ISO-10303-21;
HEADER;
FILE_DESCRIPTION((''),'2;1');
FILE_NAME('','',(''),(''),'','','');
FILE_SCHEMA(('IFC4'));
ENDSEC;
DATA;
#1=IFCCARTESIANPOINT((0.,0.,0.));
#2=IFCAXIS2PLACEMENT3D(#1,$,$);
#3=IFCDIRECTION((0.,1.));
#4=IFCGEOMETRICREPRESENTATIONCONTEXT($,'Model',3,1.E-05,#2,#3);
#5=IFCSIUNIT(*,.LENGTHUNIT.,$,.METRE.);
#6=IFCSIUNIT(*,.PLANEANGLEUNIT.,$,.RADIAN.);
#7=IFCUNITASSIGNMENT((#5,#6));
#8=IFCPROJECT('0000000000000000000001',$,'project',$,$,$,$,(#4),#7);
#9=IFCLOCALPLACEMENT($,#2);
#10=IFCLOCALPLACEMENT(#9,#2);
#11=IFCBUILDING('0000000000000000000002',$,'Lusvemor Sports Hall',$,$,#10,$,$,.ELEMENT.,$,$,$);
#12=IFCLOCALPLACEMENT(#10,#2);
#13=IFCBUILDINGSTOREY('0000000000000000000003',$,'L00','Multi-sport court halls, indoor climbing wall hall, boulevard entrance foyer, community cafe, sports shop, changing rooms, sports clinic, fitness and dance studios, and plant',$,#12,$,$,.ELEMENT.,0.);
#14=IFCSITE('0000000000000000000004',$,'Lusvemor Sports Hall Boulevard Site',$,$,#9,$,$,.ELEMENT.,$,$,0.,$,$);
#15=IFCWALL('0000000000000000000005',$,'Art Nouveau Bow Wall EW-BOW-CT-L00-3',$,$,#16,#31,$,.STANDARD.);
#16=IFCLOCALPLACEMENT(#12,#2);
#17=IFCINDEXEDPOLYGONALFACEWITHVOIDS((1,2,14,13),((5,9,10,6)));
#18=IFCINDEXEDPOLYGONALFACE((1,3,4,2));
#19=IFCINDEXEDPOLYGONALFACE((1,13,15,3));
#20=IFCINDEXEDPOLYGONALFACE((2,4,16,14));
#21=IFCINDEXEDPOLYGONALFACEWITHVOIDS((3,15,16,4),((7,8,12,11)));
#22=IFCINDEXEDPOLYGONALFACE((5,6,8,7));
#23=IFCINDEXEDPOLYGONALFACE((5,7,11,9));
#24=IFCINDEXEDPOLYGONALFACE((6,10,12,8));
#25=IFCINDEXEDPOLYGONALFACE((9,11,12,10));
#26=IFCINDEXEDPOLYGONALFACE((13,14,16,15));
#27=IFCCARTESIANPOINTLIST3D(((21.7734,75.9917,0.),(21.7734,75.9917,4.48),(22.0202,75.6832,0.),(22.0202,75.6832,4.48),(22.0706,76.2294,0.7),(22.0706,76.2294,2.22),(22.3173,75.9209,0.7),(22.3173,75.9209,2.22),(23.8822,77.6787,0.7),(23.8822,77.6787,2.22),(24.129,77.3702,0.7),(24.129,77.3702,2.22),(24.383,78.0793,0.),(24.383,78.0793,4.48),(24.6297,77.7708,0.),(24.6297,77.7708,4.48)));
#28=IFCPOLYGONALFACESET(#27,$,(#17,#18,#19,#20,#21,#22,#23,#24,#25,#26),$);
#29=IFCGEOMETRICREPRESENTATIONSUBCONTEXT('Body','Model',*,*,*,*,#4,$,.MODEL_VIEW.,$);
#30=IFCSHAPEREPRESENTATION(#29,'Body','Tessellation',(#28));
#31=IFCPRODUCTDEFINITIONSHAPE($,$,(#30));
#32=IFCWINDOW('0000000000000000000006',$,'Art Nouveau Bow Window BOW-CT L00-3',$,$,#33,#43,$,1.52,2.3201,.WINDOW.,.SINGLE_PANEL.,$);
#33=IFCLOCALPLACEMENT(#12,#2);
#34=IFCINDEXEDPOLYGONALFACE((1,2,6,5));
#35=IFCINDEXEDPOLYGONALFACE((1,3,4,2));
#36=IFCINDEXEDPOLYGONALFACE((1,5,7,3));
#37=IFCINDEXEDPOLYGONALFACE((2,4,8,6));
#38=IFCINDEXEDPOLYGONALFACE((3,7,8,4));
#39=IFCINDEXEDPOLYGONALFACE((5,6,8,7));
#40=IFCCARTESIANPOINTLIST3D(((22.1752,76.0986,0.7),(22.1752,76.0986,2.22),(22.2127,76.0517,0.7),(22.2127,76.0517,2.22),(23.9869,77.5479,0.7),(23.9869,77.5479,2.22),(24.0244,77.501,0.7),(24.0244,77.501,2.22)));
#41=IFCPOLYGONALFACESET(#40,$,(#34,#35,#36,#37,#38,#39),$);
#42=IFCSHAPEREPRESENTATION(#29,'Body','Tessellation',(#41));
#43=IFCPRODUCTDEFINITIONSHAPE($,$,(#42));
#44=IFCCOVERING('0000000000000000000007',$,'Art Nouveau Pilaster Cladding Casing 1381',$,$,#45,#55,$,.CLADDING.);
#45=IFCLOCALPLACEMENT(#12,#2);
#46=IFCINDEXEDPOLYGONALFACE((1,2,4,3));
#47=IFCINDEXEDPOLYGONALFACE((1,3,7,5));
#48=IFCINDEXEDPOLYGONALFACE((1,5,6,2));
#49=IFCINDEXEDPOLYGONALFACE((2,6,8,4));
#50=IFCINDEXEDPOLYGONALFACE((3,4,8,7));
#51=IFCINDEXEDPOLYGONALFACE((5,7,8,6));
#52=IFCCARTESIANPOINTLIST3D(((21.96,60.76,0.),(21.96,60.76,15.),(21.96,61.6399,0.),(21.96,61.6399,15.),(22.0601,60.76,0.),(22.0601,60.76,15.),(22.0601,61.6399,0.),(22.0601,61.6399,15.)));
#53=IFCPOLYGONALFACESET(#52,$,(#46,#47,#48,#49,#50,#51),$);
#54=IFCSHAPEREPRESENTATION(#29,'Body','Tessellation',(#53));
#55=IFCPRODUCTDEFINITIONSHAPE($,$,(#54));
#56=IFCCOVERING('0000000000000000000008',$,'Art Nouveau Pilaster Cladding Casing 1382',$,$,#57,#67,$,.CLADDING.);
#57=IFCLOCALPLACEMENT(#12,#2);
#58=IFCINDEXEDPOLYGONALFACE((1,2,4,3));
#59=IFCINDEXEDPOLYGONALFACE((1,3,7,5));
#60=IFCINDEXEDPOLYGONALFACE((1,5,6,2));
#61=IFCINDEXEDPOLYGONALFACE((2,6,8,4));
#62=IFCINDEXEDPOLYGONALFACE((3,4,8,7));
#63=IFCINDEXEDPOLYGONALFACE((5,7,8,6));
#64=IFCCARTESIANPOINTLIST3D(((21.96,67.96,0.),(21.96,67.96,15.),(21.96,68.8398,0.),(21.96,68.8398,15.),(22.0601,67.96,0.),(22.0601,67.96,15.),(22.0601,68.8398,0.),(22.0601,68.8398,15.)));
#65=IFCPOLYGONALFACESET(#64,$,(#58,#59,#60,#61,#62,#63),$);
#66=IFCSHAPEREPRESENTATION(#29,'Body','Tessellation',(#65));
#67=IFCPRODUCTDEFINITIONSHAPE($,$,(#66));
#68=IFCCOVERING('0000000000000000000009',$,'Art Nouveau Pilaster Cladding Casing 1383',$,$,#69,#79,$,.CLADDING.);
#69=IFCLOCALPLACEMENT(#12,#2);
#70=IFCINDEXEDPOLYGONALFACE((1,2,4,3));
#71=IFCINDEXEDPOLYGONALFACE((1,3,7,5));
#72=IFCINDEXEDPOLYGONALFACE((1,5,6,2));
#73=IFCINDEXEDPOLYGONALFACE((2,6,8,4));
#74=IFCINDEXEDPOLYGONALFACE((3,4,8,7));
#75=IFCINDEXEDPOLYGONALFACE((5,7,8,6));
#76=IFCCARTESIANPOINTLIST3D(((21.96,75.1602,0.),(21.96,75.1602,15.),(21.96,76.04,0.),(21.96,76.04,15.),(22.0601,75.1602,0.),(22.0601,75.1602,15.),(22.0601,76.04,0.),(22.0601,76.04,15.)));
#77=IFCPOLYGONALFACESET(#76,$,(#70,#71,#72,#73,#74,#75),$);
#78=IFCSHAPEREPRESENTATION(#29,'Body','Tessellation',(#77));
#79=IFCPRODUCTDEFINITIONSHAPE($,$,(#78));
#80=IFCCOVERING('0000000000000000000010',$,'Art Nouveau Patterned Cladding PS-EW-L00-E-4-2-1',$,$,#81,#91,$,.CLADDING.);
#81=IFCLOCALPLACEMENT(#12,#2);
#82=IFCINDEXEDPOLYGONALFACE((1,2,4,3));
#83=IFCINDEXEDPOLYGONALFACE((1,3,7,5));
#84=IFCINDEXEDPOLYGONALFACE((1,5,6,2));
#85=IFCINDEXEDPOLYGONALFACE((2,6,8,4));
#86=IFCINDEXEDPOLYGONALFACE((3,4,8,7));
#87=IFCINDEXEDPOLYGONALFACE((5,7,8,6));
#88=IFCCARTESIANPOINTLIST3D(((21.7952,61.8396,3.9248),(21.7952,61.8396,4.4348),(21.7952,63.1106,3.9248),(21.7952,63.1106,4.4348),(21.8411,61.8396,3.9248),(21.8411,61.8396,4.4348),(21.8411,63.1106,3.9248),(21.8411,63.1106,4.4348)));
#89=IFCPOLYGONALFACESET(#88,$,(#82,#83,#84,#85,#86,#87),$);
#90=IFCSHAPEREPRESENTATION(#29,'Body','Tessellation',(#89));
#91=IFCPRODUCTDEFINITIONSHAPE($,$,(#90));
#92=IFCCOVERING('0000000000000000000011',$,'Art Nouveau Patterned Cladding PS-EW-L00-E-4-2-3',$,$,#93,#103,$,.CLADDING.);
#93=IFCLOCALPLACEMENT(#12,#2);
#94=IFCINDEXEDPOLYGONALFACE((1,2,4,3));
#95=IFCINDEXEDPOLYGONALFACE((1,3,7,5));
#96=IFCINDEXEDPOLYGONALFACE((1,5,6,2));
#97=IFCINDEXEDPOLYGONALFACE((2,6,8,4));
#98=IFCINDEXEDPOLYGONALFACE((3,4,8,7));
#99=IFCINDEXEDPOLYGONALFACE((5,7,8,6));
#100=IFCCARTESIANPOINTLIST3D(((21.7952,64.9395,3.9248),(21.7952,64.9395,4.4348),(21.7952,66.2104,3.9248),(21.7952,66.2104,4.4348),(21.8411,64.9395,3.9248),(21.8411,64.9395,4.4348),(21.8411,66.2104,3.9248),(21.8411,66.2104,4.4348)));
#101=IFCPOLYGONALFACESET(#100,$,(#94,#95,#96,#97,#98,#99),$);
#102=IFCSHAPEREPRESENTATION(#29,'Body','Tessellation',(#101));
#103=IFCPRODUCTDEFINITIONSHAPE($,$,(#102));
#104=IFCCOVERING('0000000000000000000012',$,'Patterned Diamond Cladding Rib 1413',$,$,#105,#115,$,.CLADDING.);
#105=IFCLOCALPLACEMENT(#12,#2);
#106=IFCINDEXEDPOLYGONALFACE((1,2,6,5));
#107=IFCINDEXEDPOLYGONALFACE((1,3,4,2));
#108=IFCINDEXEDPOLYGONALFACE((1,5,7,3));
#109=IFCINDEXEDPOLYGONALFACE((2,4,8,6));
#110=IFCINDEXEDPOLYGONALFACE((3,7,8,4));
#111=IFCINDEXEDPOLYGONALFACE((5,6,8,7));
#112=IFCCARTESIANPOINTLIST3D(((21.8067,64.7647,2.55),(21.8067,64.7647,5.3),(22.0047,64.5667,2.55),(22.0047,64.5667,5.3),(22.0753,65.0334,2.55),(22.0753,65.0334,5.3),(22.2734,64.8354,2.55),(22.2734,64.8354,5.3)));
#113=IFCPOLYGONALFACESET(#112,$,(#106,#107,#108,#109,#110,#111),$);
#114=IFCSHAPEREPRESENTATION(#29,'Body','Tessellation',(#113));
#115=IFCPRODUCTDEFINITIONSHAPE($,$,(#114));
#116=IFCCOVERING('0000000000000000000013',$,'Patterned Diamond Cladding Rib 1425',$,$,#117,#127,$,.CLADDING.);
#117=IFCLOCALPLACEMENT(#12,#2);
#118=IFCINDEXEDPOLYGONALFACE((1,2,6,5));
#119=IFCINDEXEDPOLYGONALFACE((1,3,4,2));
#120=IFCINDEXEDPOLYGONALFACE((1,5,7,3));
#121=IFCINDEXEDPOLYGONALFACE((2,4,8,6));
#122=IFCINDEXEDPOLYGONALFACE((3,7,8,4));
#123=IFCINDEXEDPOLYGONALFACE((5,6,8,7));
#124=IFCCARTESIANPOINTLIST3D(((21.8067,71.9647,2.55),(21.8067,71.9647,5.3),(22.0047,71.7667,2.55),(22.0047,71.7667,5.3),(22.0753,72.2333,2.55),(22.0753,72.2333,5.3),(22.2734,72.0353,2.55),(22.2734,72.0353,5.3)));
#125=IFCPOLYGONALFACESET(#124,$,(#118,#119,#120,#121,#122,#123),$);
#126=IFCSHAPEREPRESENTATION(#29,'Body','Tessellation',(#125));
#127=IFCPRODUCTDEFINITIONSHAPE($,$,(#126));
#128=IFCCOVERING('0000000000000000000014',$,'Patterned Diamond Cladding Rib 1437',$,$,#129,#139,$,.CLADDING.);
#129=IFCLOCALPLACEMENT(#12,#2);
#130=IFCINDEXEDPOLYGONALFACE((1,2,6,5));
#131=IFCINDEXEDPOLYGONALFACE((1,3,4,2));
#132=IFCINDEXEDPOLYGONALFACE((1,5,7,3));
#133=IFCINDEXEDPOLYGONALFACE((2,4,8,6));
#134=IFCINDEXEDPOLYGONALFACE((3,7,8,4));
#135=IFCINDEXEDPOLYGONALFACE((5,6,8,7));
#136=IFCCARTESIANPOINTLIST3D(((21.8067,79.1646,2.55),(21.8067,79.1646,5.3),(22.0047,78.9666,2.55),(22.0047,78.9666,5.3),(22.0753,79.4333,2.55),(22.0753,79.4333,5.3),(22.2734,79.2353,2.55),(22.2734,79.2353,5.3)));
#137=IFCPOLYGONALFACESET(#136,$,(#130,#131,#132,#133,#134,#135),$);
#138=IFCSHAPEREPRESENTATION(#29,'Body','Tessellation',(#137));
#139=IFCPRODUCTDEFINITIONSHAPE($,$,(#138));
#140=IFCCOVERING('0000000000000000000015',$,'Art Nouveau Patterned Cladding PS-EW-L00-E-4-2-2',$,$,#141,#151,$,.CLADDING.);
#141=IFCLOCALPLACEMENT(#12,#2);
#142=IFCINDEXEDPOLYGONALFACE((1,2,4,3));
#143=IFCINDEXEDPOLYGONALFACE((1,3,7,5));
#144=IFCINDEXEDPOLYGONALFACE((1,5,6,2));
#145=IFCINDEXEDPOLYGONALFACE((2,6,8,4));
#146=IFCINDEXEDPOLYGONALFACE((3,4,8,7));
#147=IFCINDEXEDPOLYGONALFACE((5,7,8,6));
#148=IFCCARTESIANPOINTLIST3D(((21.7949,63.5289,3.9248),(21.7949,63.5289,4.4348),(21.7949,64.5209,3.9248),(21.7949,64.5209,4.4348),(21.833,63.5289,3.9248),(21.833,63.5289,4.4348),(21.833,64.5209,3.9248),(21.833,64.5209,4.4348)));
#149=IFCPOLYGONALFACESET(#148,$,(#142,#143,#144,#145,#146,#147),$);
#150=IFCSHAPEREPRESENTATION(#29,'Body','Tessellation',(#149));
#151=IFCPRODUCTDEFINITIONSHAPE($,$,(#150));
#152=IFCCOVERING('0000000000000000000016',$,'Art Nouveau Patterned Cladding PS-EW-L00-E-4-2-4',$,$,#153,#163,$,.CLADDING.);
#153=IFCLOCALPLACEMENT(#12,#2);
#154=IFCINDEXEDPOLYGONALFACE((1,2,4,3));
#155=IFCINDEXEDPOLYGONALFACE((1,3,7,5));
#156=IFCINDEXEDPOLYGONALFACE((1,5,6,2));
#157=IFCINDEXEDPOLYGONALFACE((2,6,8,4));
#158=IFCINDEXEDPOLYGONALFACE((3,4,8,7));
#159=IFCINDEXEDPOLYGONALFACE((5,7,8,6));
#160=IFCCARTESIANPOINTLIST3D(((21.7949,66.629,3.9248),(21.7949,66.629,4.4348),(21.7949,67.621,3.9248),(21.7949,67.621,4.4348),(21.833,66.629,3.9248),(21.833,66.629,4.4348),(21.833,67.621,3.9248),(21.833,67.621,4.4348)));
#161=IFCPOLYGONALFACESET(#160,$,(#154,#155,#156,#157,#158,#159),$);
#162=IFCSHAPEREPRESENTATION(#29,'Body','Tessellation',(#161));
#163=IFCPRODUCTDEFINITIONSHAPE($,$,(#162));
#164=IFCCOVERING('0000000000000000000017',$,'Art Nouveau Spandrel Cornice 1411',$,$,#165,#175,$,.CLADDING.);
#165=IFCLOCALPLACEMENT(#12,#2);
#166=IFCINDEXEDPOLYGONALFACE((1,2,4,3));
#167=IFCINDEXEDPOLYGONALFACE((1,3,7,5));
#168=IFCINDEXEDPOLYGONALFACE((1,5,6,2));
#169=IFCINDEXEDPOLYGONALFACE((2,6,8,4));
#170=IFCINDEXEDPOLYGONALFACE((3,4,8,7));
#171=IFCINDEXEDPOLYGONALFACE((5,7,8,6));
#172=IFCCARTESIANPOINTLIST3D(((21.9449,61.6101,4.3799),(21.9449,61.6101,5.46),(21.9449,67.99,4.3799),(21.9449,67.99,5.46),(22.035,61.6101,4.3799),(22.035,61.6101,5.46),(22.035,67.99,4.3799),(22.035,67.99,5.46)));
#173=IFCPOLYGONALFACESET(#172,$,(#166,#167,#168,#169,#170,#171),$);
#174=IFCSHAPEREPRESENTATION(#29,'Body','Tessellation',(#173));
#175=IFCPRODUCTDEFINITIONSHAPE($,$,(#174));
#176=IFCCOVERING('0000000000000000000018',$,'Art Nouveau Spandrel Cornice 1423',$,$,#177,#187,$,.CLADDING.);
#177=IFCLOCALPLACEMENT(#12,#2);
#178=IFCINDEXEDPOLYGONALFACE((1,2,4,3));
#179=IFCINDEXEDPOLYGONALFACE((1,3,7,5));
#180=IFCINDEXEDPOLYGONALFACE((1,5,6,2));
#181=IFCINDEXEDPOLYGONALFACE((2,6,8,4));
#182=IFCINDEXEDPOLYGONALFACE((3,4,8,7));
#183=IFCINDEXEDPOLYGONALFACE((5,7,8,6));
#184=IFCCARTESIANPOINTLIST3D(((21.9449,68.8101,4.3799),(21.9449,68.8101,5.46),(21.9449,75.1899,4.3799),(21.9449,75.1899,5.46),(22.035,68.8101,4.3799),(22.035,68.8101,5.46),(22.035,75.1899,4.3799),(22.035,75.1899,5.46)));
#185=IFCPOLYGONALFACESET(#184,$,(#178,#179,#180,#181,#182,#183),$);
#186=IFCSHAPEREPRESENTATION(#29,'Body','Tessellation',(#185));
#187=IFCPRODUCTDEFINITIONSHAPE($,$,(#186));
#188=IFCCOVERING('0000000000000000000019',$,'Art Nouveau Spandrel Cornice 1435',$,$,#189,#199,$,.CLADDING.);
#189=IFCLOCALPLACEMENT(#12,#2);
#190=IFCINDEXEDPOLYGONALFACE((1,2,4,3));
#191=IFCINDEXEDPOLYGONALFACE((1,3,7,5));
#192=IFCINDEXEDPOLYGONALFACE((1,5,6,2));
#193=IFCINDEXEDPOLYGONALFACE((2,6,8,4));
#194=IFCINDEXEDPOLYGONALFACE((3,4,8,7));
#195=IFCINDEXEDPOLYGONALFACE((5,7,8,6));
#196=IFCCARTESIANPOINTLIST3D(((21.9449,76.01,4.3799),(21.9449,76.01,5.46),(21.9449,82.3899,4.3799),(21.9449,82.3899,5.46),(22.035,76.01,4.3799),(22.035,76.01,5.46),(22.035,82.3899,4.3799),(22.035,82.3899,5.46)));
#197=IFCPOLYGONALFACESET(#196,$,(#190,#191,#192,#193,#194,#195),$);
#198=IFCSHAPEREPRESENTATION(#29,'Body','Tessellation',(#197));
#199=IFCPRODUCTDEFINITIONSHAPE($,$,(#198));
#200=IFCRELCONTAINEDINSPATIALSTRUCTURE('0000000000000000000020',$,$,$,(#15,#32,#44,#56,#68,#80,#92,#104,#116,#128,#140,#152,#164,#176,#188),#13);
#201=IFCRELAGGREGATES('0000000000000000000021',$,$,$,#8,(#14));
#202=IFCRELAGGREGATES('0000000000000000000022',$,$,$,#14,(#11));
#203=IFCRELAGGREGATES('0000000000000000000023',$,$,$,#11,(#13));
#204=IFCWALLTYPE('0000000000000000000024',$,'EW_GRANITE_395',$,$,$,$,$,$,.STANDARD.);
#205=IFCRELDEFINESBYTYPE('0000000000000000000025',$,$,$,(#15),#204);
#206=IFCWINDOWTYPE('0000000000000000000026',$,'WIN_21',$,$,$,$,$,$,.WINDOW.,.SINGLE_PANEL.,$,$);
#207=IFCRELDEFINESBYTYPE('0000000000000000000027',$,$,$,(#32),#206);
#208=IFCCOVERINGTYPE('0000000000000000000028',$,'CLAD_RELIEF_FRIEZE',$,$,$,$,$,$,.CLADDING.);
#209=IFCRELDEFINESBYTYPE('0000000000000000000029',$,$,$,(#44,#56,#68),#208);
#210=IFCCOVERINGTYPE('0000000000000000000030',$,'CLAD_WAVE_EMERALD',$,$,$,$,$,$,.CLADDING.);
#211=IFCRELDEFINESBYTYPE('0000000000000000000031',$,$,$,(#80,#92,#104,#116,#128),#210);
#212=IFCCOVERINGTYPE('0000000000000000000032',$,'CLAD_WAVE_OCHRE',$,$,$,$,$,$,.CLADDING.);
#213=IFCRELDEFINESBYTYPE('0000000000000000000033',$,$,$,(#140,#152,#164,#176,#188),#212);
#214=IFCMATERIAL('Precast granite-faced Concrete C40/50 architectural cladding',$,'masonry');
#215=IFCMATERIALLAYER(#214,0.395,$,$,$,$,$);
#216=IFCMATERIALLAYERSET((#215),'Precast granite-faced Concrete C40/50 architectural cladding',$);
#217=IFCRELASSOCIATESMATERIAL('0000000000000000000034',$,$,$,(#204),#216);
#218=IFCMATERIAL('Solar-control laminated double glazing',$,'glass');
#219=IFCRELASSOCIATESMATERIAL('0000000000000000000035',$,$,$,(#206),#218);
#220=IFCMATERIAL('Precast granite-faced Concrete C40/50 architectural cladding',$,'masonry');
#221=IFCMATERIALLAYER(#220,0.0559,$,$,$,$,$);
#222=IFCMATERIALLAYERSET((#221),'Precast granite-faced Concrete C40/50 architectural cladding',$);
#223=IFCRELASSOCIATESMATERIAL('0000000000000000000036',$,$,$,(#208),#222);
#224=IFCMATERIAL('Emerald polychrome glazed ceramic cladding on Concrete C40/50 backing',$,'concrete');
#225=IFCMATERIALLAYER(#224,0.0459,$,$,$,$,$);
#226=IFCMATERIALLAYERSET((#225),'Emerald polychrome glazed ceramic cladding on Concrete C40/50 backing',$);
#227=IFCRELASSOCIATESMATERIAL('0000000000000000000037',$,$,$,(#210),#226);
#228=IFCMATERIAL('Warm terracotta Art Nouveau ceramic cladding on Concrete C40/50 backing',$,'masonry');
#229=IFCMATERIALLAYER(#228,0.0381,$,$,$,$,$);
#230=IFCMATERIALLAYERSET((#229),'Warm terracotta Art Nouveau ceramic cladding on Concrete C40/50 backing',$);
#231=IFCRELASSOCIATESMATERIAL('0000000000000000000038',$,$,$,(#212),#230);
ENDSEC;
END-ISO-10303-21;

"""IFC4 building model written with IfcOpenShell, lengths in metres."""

from ifc_helpers import new_model, si_unit, direction, frame, frame_2d, origin, origin_2d, place, context, subcontext, project, spatial, rectangle, extrude, material, layer, layer_set, type_object, element, fill, save


model = new_model("IFC4")

# Units and contexts
model_context = context("Model", 3, precision=1e-05, world=origin(), true_north=direction((0.0, 1.0)))
body_context = subcontext(model_context, "Body", "Model", "MODEL_VIEW")
ifc_project = project(units=[si_unit("LENGTHUNIT", "METRE"), si_unit("PLANEANGLEUNIT", "RADIAN")], contexts=[model_context])

# Site, building, storey
site_placement = place(None, origin())
site = spatial("IfcSite", under=ifc_project, at=site_placement, Name="Lusvemor Sports Hall Boulevard Site", CompositionType="ELEMENT", RefElevation=0.0)
building_placement = place(site_placement, origin())
building = spatial("IfcBuilding", under=site, at=building_placement, Name="Lusvemor Sports Hall", CompositionType="ELEMENT")
storey_placement = place(building_placement, origin())
storey = spatial("IfcBuildingStorey", under=building, at=storey_placement, Name="L00", Description="Multi-sport court halls, indoor climbing wall hall, boulevard entrance foyer, community cafe, sports shop, changing rooms, sports clinic, fitness and dance studios, and plant", CompositionType="ELEMENT", Elevation=0.0)

# Wall, opening, window
ifc_material_1 = material(Name="Precast granite-faced Concrete C40/50 architectural cladding", Category="masonry")
ifc_layer_1 = layer(ifc_material_1, 0.395)
ifc_layer_set_1 = layer_set([ifc_layer_1], Name="Precast granite-faced Concrete C40/50 architectural cladding")
wall_type = type_object("IfcWallType", Name="EW_GRANITE_395", PredefinedType="STANDARD", material=ifc_layer_set_1)
wall_placement = place(storey_placement, frame((24.5063, 77.925, 0.0), z_axis=(0.0, 0.0, 1.0), x_axis=(-0.780876, -0.624686, 0.0)))
wall = element("IfcWall", 1, at=wall_placement, inside=storey, type_object=wall_type, Name="Art Nouveau Bow Wall EW-BOW-CT-L00-3", PredefinedType="STANDARD", context=body_context, shape_type="SweptSolid", body=[
    extrude(rectangle(XDim=3.3418, YDim=0.395, at=frame_2d((1.6709, 0.0))), origin(), (0.0, 0.0, 1.0), 4.48),
])
opening_placement = place(wall_placement, frame((0.6411, 0.0, 0.7)))
opening = element("IfcOpeningElement", 2, at=opening_placement, cuts=wall, PredefinedType="OPENING", context=body_context, shape_type="SweptSolid", body=[
    extrude(rectangle(XDim=2.3201, YDim=1.52, at=frame_2d((1.1602, 0.76))), frame((0.0, 0.1975, 0.0), z_axis=(0.0, -1.0, 0.0), x_axis=(1.0, 0.0, 0.0)), (0.0, 0.0, 1.0), 0.395),
])
ifc_material_2 = material(Name="Solar-control laminated double glazing", Category="glass")
window_type = type_object("IfcWindowType", Name="WIN_21", PartitioningType="SINGLE_PANEL", PredefinedType="WINDOW", material=ifc_material_2)
window_placement = place(opening_placement, origin())
window = element("IfcWindow", 3, at=window_placement, inside=storey, type_object=window_type, Name="Art Nouveau Bow Window BOW-CT L00-3", OverallHeight=1.52, OverallWidth=2.3201, PartitioningType="SINGLE_PANEL", PredefinedType="WINDOW", context=body_context, shape_type="SweptSolid", body=[
    extrude(rectangle(XDim=2.3201, YDim=1.52, at=frame_2d((1.1602, 0.76))), frame((0.0, 0.03, 0.0), z_axis=(0.0, -1.0, 0.0), x_axis=(1.0, 0.0, 0.0)), (0.0, 0.0, 1.0), 0.0601),
])
fill(opening, window)

# Coverings
ifc_material_3 = material(Name="Precast granite-faced Concrete C40/50 architectural cladding", Category="masonry")
ifc_layer_2 = layer(ifc_material_3, 0.0559)
ifc_layer_set_2 = layer_set([ifc_layer_2], Name="Precast granite-faced Concrete C40/50 architectural cladding")
covering_type_1 = type_object("IfcCoveringType", Name="CLAD_RELIEF_FRIEZE", PredefinedType="CLADDING", material=ifc_layer_set_2)
for number, where, z_axis, x_axis, name in (
    (4, (22.01, 61.2, 0.0), (0.0, 0.0, 1.0), (1.0, 0.0, 0.0), "Art Nouveau Pilaster Cladding Casing 1381"),
    (5, (22.01, 68.3999, 0.0), (0.0, 0.0, 1.0), (1.0, 0.0, 0.0), "Art Nouveau Pilaster Cladding Casing 1382"),
    (6, (22.01, 75.6001, 0.0), (0.0, 0.0, 1.0), (1.0, 0.0, 0.0), "Art Nouveau Pilaster Cladding Casing 1383"),
):
    element("IfcCovering", number, at=place(storey_placement, frame(where, z_axis=z_axis, x_axis=x_axis)), inside=storey, type_object=covering_type_1, Name=name, PredefinedType="CLADDING", context=body_context, shape_type="SweptSolid", body=[
        extrude(rectangle(XDim=0.1001, YDim=0.8799, at=origin_2d()), origin(), (0.0, 0.0, 1.0), 15.0),
    ])
ifc_material_4 = material(Name="Emerald polychrome glazed ceramic cladding on Concrete C40/50 backing", Category="concrete")
ifc_layer_3 = layer(ifc_material_4, 0.0459)
ifc_layer_set_3 = layer_set([ifc_layer_3], Name="Emerald polychrome glazed ceramic cladding on Concrete C40/50 backing")
covering_type_2 = type_object("IfcCoveringType", Name="CLAD_WAVE_EMERALD", PredefinedType="CLADDING", material=ifc_layer_set_3)
for number, where, z_axis, x_axis, name in (
    (7, (21.8181, 62.4751, 3.9248), (0.0, 0.0, 1.0), (1.0, 0.0, 0.0), "Art Nouveau Patterned Cladding PS-EW-L00-E-4-2-1"),
    (8, (21.8181, 65.575, 3.9248), (0.0, 0.0, 1.0), (1.0, 0.0, 0.0), "Art Nouveau Patterned Cladding PS-EW-L00-E-4-2-3"),
):
    element("IfcCovering", number, at=place(storey_placement, frame(where, z_axis=z_axis, x_axis=x_axis)), inside=storey, type_object=covering_type_2, Name=name, PredefinedType="CLADDING", context=body_context, shape_type="SweptSolid", body=[
        extrude(rectangle(XDim=0.0459, YDim=1.271, at=origin_2d()), origin(), (0.0, 0.0, 1.0), 0.51),
    ])
for number, where, z_axis, x_axis, name in (
    (9, (22.04, 64.8, 2.55), (0.0, 0.0, 1.0), (0.707107, 0.707107, 0.0), "Patterned Diamond Cladding Rib 1413"),
    (10, (22.04, 72.0, 2.55), (0.0, 0.0, 1.0), (0.707107, 0.707107, 0.0), "Patterned Diamond Cladding Rib 1425"),
    (11, (22.04, 79.2, 2.55), (0.0, 0.0, 1.0), (0.707107, 0.707107, 0.0), "Patterned Diamond Cladding Rib 1437"),
):
    element("IfcCovering", number, at=place(storey_placement, frame(where, z_axis=z_axis, x_axis=x_axis)), inside=storey, type_object=covering_type_2, Name=name, PredefinedType="CLADDING", context=body_context, shape_type="SweptSolid", body=[
        extrude(rectangle(XDim=0.3799, YDim=0.28, at=origin_2d()), origin(), (0.0, 0.0, 1.0), 2.75),
    ])
ifc_material_5 = material(Name="Warm terracotta Art Nouveau ceramic cladding on Concrete C40/50 backing", Category="masonry")
ifc_layer_4 = layer(ifc_material_5, 0.0381)
ifc_layer_set_4 = layer_set([ifc_layer_4], Name="Warm terracotta Art Nouveau ceramic cladding on Concrete C40/50 backing")
covering_type_3 = type_object("IfcCoveringType", Name="CLAD_WAVE_OCHRE", PredefinedType="CLADDING", material=ifc_layer_set_4)
for number, where, z_axis, x_axis, name in (
    (12, (21.814, 64.0249, 3.9248), (0.0, 0.0, 1.0), (1.0, 0.0, 0.0), "Art Nouveau Patterned Cladding PS-EW-L00-E-4-2-2"),
    (13, (21.814, 67.125, 3.9248), (0.0, 0.0, 1.0), (1.0, 0.0, 0.0), "Art Nouveau Patterned Cladding PS-EW-L00-E-4-2-4"),
):
    element("IfcCovering", number, at=place(storey_placement, frame(where, z_axis=z_axis, x_axis=x_axis)), inside=storey, type_object=covering_type_3, Name=name, PredefinedType="CLADDING", context=body_context, shape_type="SweptSolid", body=[
        extrude(rectangle(XDim=0.0381, YDim=0.9919, at=origin_2d()), origin(), (0.0, 0.0, 1.0), 0.51),
    ])
for number, where, z_axis, x_axis, name in (
    (14, (21.99, 64.8, 4.3799), (0.0, 0.0, 1.0), (1.0, 0.0, 0.0), "Art Nouveau Spandrel Cornice 1411"),
    (15, (21.99, 72.0, 4.3799), (0.0, 0.0, 1.0), (1.0, 0.0, 0.0), "Art Nouveau Spandrel Cornice 1423"),
    (16, (21.99, 79.2, 4.3799), (0.0, 0.0, 1.0), (1.0, 0.0, 0.0), "Art Nouveau Spandrel Cornice 1435"),
):
    element("IfcCovering", number, at=place(storey_placement, frame(where, z_axis=z_axis, x_axis=x_axis)), inside=storey, type_object=covering_type_3, Name=name, PredefinedType="CLADDING", context=body_context, shape_type="SweptSolid", body=[
        extrude(rectangle(XDim=0.0901, YDim=6.3799, at=origin_2d()), origin(), (0.0, 0.0, 1.0), 1.0801),
    ])

save(model, "model.ifc")
